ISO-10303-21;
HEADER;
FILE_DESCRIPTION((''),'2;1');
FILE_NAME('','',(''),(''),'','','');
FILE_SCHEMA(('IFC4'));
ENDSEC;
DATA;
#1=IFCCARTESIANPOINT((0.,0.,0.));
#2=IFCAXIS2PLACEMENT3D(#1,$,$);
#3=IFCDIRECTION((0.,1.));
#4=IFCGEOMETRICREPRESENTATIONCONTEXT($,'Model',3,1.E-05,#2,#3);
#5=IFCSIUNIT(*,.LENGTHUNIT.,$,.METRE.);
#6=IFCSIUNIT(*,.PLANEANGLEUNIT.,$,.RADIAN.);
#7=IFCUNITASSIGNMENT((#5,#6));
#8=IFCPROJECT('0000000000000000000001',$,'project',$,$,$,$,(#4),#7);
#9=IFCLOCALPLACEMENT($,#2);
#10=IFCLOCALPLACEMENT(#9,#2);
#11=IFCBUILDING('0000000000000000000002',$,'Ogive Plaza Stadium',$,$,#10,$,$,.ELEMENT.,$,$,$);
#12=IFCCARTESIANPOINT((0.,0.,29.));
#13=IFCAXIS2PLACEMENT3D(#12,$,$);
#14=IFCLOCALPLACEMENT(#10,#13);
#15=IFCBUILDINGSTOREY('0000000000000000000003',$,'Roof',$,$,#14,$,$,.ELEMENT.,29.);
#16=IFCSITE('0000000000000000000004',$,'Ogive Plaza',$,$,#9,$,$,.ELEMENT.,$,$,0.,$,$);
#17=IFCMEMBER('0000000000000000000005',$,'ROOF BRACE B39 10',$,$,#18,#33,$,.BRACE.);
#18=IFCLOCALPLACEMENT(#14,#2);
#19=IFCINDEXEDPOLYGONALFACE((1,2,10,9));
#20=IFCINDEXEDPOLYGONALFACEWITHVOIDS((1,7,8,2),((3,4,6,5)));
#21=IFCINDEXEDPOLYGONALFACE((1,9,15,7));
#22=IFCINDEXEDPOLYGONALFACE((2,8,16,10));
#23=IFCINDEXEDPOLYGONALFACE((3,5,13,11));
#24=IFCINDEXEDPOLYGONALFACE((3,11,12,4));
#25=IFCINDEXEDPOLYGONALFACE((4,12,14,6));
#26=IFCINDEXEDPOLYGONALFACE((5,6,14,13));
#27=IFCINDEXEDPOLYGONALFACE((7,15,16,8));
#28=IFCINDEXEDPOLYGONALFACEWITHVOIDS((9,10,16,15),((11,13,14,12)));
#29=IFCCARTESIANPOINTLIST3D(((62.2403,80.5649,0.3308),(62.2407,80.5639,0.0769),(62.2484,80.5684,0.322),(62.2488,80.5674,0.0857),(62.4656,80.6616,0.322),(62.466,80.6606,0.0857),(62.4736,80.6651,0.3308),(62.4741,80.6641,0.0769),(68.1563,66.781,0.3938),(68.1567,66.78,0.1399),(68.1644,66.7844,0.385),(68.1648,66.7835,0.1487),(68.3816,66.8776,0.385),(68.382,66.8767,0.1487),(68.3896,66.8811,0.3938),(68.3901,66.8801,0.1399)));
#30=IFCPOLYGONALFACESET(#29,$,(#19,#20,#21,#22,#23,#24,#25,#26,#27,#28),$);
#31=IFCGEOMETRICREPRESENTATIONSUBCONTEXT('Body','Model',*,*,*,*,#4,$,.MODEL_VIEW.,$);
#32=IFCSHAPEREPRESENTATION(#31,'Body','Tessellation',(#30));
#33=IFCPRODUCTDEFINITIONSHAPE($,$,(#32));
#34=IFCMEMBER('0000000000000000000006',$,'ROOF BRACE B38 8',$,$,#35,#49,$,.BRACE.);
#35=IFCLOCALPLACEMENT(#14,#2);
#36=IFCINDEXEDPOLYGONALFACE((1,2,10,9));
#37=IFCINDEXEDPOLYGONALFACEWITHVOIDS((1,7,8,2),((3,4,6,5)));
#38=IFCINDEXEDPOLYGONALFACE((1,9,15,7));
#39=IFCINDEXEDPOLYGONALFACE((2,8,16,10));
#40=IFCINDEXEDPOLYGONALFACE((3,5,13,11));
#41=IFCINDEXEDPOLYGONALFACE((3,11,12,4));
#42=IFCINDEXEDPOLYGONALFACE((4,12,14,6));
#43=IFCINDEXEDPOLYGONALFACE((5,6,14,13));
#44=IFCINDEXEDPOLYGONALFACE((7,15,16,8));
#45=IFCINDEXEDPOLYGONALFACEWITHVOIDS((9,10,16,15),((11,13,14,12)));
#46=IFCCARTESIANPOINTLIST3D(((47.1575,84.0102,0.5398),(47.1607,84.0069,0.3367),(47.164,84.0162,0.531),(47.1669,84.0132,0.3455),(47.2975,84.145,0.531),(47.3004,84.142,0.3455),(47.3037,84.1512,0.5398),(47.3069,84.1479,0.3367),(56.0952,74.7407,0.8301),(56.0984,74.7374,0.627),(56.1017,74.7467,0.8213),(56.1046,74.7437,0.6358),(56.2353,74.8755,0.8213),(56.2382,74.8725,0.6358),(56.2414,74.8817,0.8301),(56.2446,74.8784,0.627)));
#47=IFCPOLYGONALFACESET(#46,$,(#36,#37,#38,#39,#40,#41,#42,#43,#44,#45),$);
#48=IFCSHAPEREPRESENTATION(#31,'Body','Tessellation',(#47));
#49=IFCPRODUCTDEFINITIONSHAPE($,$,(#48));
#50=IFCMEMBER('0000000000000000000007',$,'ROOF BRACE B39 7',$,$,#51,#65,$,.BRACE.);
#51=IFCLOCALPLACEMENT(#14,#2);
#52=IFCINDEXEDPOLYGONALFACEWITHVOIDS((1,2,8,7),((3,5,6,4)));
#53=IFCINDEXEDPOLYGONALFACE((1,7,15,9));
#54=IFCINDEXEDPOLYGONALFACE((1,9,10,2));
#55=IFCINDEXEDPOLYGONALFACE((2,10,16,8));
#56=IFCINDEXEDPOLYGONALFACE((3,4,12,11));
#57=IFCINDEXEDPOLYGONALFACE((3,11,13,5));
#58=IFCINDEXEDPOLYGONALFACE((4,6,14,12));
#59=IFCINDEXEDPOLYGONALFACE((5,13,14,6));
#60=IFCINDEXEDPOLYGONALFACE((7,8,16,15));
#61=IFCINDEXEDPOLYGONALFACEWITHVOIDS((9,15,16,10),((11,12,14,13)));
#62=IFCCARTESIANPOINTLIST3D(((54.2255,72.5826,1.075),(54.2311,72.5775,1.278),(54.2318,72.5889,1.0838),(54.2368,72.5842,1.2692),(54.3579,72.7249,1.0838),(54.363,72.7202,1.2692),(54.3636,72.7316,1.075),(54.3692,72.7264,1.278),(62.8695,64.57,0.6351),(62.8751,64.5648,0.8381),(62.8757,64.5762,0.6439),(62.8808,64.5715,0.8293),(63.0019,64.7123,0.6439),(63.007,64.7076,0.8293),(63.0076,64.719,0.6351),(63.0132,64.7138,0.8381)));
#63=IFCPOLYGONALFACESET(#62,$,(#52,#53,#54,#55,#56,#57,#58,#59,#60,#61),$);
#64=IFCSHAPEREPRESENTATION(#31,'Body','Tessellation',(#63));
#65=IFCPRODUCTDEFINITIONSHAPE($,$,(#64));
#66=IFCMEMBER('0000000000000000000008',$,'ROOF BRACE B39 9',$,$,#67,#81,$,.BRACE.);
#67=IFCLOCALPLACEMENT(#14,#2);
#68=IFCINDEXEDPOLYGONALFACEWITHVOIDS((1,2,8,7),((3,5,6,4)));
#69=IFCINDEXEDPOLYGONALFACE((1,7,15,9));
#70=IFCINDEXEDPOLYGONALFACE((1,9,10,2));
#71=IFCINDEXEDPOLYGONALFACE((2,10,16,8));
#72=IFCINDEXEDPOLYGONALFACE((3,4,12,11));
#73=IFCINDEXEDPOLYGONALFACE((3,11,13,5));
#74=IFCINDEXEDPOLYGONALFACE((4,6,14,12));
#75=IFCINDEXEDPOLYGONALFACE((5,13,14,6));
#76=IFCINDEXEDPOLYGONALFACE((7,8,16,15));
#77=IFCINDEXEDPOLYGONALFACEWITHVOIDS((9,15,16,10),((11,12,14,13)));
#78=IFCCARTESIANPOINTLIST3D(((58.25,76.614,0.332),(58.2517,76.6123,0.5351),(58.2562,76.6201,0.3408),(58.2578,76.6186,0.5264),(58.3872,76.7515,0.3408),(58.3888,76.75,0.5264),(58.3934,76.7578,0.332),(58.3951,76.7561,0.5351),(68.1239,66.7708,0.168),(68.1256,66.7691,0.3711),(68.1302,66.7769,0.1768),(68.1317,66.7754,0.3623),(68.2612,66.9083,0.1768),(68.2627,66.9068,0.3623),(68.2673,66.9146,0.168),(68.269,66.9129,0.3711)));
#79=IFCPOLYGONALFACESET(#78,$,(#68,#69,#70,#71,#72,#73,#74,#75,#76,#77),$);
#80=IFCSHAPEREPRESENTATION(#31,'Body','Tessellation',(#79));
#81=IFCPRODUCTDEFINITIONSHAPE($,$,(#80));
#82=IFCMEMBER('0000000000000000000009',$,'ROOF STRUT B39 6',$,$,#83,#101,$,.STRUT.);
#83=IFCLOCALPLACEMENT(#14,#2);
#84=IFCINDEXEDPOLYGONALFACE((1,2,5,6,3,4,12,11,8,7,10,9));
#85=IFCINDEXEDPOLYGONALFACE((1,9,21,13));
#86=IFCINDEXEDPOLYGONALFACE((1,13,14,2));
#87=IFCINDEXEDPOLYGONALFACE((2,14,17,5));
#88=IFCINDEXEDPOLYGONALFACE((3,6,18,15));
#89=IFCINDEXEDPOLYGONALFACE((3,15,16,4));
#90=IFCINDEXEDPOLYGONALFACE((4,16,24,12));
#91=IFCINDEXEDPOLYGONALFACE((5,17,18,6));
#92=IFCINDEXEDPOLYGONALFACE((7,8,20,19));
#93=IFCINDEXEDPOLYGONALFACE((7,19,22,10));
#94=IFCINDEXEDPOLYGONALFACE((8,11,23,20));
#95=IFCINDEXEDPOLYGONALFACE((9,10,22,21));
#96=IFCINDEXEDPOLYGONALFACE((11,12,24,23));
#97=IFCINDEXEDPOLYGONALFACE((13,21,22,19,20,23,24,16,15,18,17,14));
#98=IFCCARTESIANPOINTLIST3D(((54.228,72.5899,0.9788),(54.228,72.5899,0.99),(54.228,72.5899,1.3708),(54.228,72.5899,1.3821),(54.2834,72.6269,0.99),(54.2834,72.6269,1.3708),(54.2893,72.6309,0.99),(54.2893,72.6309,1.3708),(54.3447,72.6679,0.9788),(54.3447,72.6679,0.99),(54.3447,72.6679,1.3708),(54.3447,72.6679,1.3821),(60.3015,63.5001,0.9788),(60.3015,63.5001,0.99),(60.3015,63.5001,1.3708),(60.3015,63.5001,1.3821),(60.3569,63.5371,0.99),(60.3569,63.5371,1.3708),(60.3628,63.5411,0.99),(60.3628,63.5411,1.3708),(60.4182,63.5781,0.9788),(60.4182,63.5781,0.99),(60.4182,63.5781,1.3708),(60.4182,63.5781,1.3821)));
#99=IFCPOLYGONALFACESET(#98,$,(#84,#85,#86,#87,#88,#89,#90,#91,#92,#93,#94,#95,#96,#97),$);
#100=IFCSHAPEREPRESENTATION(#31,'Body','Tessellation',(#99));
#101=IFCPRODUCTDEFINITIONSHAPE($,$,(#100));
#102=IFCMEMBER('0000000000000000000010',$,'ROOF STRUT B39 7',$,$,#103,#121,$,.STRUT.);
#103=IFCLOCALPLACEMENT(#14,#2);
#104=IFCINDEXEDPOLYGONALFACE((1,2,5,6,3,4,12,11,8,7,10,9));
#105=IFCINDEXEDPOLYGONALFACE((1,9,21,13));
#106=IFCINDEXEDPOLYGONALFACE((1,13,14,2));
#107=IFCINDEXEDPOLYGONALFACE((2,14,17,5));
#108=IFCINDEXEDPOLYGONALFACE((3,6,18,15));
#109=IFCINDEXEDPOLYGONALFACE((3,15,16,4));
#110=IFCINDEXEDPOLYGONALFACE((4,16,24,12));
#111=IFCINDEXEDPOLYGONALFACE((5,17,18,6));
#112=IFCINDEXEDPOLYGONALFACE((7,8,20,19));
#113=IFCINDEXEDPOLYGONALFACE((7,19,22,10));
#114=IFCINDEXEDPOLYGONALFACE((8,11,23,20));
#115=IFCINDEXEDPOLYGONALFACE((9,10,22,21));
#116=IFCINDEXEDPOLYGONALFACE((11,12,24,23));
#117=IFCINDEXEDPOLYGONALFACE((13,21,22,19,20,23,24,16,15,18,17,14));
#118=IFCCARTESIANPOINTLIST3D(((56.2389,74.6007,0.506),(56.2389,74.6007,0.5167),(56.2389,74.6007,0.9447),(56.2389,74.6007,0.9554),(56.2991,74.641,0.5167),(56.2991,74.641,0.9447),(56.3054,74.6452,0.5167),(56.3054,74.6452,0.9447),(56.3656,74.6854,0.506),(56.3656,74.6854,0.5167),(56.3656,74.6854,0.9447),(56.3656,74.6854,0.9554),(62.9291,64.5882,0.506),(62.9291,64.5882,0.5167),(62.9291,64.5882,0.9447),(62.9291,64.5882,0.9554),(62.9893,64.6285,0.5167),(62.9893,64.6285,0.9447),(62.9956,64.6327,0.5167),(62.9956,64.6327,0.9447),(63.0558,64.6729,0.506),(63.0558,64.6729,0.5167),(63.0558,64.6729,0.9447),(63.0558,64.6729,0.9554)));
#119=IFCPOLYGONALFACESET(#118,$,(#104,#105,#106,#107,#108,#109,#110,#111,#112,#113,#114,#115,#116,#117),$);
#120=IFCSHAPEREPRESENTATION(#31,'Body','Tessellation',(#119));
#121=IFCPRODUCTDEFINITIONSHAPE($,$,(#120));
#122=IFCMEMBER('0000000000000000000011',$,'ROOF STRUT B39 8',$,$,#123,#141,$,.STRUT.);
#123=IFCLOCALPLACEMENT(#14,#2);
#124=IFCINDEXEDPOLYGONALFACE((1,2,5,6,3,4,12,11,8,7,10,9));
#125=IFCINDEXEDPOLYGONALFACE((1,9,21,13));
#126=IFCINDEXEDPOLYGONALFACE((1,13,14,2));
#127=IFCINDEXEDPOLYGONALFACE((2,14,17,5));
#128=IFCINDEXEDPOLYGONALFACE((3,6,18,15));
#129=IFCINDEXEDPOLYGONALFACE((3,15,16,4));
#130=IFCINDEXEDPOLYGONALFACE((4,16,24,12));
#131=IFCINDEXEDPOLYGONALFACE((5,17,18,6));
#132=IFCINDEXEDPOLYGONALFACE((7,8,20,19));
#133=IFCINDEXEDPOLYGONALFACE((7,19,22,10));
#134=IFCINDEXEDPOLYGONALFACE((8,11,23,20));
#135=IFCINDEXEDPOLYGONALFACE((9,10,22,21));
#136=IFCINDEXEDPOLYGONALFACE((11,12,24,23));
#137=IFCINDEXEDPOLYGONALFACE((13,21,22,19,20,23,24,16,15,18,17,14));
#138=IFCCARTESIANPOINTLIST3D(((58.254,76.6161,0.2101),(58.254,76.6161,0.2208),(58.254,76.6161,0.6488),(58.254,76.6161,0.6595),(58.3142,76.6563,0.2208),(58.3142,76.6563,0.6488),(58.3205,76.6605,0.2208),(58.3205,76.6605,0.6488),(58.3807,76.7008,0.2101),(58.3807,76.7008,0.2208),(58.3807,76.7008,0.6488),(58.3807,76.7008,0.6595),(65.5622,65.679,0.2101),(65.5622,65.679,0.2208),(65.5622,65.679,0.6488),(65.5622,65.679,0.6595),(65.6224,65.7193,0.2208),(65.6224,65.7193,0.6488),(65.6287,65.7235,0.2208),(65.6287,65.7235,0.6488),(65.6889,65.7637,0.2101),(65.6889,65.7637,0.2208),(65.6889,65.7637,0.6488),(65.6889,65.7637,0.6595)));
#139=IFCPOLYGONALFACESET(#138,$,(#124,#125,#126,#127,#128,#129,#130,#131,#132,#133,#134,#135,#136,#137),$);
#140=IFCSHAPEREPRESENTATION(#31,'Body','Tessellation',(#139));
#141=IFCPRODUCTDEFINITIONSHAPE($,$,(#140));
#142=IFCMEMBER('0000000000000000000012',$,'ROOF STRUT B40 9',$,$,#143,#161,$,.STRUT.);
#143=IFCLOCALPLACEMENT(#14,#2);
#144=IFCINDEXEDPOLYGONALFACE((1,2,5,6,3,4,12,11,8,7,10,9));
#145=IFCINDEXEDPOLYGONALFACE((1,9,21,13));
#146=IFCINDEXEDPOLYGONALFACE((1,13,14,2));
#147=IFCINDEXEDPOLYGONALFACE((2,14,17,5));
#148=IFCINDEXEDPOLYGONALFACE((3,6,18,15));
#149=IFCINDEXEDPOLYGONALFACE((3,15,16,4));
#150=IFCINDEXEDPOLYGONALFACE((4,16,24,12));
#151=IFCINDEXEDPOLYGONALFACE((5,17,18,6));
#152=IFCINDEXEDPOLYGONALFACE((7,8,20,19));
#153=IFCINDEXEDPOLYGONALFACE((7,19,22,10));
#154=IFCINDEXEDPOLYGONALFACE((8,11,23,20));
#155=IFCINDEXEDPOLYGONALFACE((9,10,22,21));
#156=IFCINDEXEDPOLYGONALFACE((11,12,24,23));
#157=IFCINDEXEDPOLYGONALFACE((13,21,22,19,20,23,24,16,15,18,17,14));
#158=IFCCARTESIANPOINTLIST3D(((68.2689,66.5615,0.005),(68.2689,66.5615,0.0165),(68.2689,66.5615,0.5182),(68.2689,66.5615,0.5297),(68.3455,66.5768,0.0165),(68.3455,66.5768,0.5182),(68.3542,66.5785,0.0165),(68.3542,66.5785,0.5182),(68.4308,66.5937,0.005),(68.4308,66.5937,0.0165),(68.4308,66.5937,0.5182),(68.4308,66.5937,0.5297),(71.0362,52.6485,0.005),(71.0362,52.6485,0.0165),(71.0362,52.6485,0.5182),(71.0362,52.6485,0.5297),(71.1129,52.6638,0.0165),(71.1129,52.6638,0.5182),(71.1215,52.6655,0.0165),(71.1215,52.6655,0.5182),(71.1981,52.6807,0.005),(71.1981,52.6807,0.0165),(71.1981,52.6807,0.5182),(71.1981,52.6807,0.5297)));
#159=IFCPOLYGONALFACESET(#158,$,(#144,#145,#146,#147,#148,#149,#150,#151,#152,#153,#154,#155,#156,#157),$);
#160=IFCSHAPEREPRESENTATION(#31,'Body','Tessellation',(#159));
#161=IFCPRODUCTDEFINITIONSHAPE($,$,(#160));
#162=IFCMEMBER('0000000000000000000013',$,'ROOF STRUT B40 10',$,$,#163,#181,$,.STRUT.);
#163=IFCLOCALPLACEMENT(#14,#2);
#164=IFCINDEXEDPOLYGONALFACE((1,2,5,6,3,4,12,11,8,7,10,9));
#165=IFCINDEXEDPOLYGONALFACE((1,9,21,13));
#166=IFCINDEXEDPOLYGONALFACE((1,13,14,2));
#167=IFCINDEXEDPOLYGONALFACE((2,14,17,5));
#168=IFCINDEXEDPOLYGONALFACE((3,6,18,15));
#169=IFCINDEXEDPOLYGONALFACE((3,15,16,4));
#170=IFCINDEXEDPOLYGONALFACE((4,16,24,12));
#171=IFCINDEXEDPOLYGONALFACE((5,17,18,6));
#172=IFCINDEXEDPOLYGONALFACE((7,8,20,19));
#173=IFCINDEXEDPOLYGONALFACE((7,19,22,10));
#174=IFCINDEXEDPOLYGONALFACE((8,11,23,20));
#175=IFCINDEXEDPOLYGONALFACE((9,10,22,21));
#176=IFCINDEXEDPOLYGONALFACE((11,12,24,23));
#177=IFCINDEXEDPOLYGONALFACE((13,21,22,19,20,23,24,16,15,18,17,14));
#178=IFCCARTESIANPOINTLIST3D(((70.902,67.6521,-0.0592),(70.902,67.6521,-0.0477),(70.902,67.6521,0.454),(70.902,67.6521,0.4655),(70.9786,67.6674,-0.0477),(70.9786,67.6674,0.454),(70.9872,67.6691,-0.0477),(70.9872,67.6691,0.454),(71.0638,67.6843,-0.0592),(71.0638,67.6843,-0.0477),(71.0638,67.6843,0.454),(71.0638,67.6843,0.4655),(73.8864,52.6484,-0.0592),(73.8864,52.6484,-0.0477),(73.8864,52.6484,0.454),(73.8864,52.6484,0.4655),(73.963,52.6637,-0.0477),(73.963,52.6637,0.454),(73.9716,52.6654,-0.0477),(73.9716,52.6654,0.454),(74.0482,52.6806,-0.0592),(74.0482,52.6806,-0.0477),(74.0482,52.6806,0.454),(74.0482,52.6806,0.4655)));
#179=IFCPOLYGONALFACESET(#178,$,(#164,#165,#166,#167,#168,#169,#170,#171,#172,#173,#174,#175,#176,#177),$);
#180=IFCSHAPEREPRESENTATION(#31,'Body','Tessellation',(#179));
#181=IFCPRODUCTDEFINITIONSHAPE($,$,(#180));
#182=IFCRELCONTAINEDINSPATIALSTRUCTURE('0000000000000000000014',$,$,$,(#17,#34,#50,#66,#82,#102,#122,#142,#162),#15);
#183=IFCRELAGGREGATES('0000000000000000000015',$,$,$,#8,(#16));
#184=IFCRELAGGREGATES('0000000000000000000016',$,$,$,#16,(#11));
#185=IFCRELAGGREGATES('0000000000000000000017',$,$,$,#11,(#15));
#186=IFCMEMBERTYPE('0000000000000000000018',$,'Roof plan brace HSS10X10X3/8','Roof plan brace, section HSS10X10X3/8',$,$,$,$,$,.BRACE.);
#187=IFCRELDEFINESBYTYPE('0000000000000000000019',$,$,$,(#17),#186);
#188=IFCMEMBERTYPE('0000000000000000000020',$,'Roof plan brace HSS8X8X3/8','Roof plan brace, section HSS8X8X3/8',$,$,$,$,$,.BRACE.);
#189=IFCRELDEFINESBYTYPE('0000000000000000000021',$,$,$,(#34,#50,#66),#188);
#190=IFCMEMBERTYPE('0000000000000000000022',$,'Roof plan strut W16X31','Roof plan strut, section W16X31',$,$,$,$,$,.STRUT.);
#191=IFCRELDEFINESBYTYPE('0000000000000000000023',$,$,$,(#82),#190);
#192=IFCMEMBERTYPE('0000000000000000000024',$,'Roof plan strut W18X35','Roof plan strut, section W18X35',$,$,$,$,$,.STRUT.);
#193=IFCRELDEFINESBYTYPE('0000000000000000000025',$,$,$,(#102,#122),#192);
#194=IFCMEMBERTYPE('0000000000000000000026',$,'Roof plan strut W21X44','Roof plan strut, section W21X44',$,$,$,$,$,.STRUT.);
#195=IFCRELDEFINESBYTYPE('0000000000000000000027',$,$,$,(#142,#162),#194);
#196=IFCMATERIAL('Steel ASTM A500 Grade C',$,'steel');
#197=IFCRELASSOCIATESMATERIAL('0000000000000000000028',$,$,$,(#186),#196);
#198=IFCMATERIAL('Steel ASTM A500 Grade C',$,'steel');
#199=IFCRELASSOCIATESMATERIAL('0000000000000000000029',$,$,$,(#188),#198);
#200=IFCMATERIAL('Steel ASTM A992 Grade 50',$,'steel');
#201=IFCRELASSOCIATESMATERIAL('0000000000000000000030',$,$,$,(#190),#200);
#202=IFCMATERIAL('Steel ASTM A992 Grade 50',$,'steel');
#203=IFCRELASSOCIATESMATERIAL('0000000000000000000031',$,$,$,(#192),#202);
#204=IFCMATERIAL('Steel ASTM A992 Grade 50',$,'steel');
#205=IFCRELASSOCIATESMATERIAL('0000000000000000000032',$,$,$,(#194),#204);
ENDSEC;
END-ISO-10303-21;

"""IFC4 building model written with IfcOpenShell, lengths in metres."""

from ifc_helpers import new_model, si_unit, direction, frame, origin, origin_2d, place, context, subcontext, project, spatial, hollow_rectangle, i_section, extrude, material, material_profile, profile_set, type_object, element, save


model = new_model("IFC4")

# Units and contexts
model_context = context("Model", 3, precision=1e-05, world=origin(), true_north=direction((0.0, 1.0)))
body_context = subcontext(model_context, "Body", "Model", "MODEL_VIEW")
ifc_project = project(units=[si_unit("LENGTHUNIT", "METRE"), si_unit("PLANEANGLEUNIT", "RADIAN")], contexts=[model_context])

# Site, building, storey
site_placement = place(None, origin())
site = spatial("IfcSite", under=ifc_project, at=site_placement, Name="Ogive Plaza", CompositionType="ELEMENT", RefElevation=0.0)
building_placement = place(site_placement, origin())
building = spatial("IfcBuilding", under=site, at=building_placement, Name="Ogive Plaza Stadium", CompositionType="ELEMENT")
storey_placement = place(building_placement, frame((0.0, 0.0, 29.0)))
storey = spatial("IfcBuildingStorey", under=building, at=storey_placement, Name="Roof", CompositionType="ELEMENT", Elevation=29.0)

# Members
ifc_material_1 = material(Name="Steel ASTM A500 Grade C", Category="steel")
ifc_material_profile_1 = material_profile(ifc_material_1, hollow_rectangle(XDim=0.2539, YDim=0.2539, WallThickness=0.0088, at=origin_2d()), Name="HSS10X10X3/8")
ifc_profile_set_1 = profile_set([ifc_material_profile_1], Name="Steel ASTM A500 Grade C")
member_type_1 = type_object("IfcMemberType", Name="Roof plan brace HSS10X10X3/8", Description="Roof plan brace, section HSS10X10X3/8", PredefinedType="BRACE", material=ifc_profile_set_1)
member_1_placement = place(storey_placement, frame((68.2732, 66.8306, 0.2668), z_axis=(-0.394401, 0.918929, -0.004199), x_axis=(-0.918937, -0.394404, 0.0)))
element("IfcMember", 1, at=member_1_placement, inside=storey, type_object=member_type_1, Name="ROOF BRACE B39 10", PredefinedType="BRACE", context=body_context, shape_type="SweptSolid", body=[
    extrude(hollow_rectangle(XDim=0.2539, YDim=0.2539, WallThickness=0.0088, at=origin_2d()), origin(), (0.0, 0.0, 1.0), 15.0),
])
ifc_material_2 = material(Name="Steel ASTM A500 Grade C", Category="steel")
ifc_material_profile_2 = material_profile(ifc_material_2, hollow_rectangle(XDim=0.2031, YDim=0.2031, WallThickness=0.0088, at=origin_2d()), Name="HSS8X8X3/8")
ifc_profile_set_2 = profile_set([ifc_material_profile_2], Name="Steel ASTM A500 Grade C")
member_type_2 = type_object("IfcMemberType", Name="Roof plan brace HSS8X8X3/8", Description="Roof plan brace, section HSS8X8X3/8", PredefinedType="BRACE", material=ifc_profile_set_2)
member_2_placement = place(storey_placement, frame((56.1699, 74.8096, 0.7285), z_axis=(-0.69393, 0.71969, -0.022538), x_axis=(-0.719873, -0.694106, 0.0)))
element("IfcMember", 2, at=member_2_placement, inside=storey, type_object=member_type_2, Name="ROOF BRACE B38 8", PredefinedType="BRACE", context=body_context, shape_type="SweptSolid", body=[
    extrude(hollow_rectangle(XDim=0.2031, YDim=0.2031, WallThickness=0.0088, at=origin_2d()), origin(), (0.0, 0.0, 1.0), 12.8799),
])
member_3_placement = place(storey_placement, frame((54.2974, 72.6545, 1.1765), z_axis=(0.732872, -0.679344, -0.0373), x_axis=(0.679817, 0.733382, 0.0)))
element("IfcMember", 3, at=member_3_placement, inside=storey, type_object=member_type_2, Name="ROOF BRACE B39 7", PredefinedType="BRACE", context=body_context, shape_type="SweptSolid", body=[
    extrude(hollow_rectangle(XDim=0.2031, YDim=0.2031, WallThickness=0.0088, at=origin_2d()), origin(), (0.0, 0.0, 1.0), 11.7947),
])
member_4_placement = place(storey_placement, frame((58.3225, 76.6851, 0.4336), z_axis=(0.70816, -0.705954, -0.011766), x_axis=(0.706003, 0.708209, 0.0)))
element("IfcMember", 4, at=member_4_placement, inside=storey, type_object=member_type_2, Name="ROOF BRACE B39 9", PredefinedType="BRACE", context=body_context, shape_type="SweptSolid", body=[
    extrude(hollow_rectangle(XDim=0.2031, YDim=0.2031, WallThickness=0.0088, at=origin_2d()), origin(), (0.0, 0.0, 1.0), 13.9431),
])
ifc_material_3 = material(Name="Steel ASTM A992 Grade 50", Category="steel")
ifc_material_profile_3 = material_profile(ifc_material_3, i_section(OverallWidth=0.1404, OverallDepth=0.4033, WebThickness=0.0071, FlangeThickness=0.0112, at=origin_2d()), Name="W16X31")
ifc_profile_set_3 = profile_set([ifc_material_profile_3], Name="Steel ASTM A992 Grade 50")
member_type_3 = type_object("IfcMemberType", Name="Roof plan strut W16X31", Description="Roof plan strut, section W16X31", PredefinedType="STRUT", material=ifc_profile_set_3)
member_5_placement = place(storey_placement, frame((54.2864, 72.6289, 1.1804), z_axis=(0.555561, -0.831476, 0.0), x_axis=(0.831476, 0.555561, 0.0)))
element("IfcMember", 5, at=member_5_placement, inside=storey, type_object=member_type_3, Name="ROOF STRUT B39 6", PredefinedType="STRUT", context=body_context, shape_type="SweptSolid", body=[
    extrude(i_section(OverallWidth=0.1404, OverallDepth=0.4033, WebThickness=0.0071, FlangeThickness=0.0112, at=origin_2d()), origin(), (0.0, 0.0, 1.0), 10.9321),
])
ifc_material_4 = material(Name="Steel ASTM A992 Grade 50", Category="steel")
ifc_material_profile_4 = material_profile(ifc_material_4, i_section(OverallWidth=0.1523, OverallDepth=0.4495, WebThickness=0.0076, FlangeThickness=0.0107, at=origin_2d()), Name="W18X35")
ifc_profile_set_4 = profile_set([ifc_material_profile_4], Name="Steel ASTM A992 Grade 50")
member_type_4 = type_object("IfcMemberType", Name="Roof plan strut W18X35", Description="Roof plan strut, section W18X35", PredefinedType="STRUT", material=ifc_profile_set_4)
member_6_placement = place(storey_placement, frame((56.3022, 74.6431, 0.7307), z_axis=(0.555575, -0.831467, 0.0), x_axis=(0.831467, 0.555575, 0.0)))
element("IfcMember", 6, at=member_6_placement, inside=storey, type_object=member_type_4, Name="ROOF STRUT B39 7", PredefinedType="STRUT", context=body_context, shape_type="SweptSolid", body=[
    extrude(i_section(OverallWidth=0.1523, OverallDepth=0.4495, WebThickness=0.0076, FlangeThickness=0.0107, at=origin_2d()), origin(), (0.0, 0.0, 1.0), 12.042),
])
member_7_placement = place(storey_placement, frame((58.3174, 76.6584, 0.4348), z_axis=(0.555582, -0.831462, 0.0), x_axis=(0.831462, 0.555582, 0.0)))
element("IfcMember", 7, at=member_7_placement, inside=storey, type_object=member_type_4, Name="ROOF STRUT B39 8", PredefinedType="STRUT", context=body_context, shape_type="SweptSolid", body=[
    extrude(i_section(OverallWidth=0.1523, OverallDepth=0.4495, WebThickness=0.0076, FlangeThickness=0.0107, at=origin_2d()), origin(), (0.0, 0.0, 1.0), 13.1541),
])
ifc_material_5 = material(Name="Steel ASTM A992 Grade 50", Category="steel")
ifc_material_profile_5 = material_profile(ifc_material_5, i_section(OverallWidth=0.165, OverallDepth=0.5247, WebThickness=0.0088, FlangeThickness=0.0115, at=origin_2d()), Name="W21X44")
ifc_profile_set_5 = profile_set([ifc_material_profile_5], Name="Steel ASTM A992 Grade 50")
member_type_5 = type_object("IfcMemberType", Name="Roof plan strut W21X44", Description="Roof plan strut, section W21X44", PredefinedType="STRUT", material=ifc_profile_set_5)
member_8_placement = place(storey_placement, frame((68.3499, 66.5776, 0.2673), z_axis=(0.19508, -0.980787, 0.0), x_axis=(0.980787, 0.19508, 0.0)))
element("IfcMember", 8, at=member_8_placement, inside=storey, type_object=member_type_5, Name="ROOF STRUT B40 9", PredefinedType="STRUT", context=body_context, shape_type="SweptSolid", body=[
    extrude(i_section(OverallWidth=0.165, OverallDepth=0.5247, WebThickness=0.0088, FlangeThickness=0.0115, at=origin_2d()), origin(), (0.0, 0.0, 1.0), 14.1855),
])
member_9_placement = place(storey_placement, frame((70.9829, 67.6682, 0.2031), z_axis=(0.195088, -0.980786, 0.0), x_axis=(0.980786, 0.195088, 0.0)))
element("IfcMember", 9, at=member_9_placement, inside=storey, type_object=member_type_5, Name="ROOF STRUT B40 10", PredefinedType="STRUT", context=body_context, shape_type="SweptSolid", body=[
    extrude(i_section(OverallWidth=0.165, OverallDepth=0.5247, WebThickness=0.0088, FlangeThickness=0.0115, at=origin_2d()), origin(), (0.0, 0.0, 1.0), 15.2976),
])

save(model, "model.ifc")
